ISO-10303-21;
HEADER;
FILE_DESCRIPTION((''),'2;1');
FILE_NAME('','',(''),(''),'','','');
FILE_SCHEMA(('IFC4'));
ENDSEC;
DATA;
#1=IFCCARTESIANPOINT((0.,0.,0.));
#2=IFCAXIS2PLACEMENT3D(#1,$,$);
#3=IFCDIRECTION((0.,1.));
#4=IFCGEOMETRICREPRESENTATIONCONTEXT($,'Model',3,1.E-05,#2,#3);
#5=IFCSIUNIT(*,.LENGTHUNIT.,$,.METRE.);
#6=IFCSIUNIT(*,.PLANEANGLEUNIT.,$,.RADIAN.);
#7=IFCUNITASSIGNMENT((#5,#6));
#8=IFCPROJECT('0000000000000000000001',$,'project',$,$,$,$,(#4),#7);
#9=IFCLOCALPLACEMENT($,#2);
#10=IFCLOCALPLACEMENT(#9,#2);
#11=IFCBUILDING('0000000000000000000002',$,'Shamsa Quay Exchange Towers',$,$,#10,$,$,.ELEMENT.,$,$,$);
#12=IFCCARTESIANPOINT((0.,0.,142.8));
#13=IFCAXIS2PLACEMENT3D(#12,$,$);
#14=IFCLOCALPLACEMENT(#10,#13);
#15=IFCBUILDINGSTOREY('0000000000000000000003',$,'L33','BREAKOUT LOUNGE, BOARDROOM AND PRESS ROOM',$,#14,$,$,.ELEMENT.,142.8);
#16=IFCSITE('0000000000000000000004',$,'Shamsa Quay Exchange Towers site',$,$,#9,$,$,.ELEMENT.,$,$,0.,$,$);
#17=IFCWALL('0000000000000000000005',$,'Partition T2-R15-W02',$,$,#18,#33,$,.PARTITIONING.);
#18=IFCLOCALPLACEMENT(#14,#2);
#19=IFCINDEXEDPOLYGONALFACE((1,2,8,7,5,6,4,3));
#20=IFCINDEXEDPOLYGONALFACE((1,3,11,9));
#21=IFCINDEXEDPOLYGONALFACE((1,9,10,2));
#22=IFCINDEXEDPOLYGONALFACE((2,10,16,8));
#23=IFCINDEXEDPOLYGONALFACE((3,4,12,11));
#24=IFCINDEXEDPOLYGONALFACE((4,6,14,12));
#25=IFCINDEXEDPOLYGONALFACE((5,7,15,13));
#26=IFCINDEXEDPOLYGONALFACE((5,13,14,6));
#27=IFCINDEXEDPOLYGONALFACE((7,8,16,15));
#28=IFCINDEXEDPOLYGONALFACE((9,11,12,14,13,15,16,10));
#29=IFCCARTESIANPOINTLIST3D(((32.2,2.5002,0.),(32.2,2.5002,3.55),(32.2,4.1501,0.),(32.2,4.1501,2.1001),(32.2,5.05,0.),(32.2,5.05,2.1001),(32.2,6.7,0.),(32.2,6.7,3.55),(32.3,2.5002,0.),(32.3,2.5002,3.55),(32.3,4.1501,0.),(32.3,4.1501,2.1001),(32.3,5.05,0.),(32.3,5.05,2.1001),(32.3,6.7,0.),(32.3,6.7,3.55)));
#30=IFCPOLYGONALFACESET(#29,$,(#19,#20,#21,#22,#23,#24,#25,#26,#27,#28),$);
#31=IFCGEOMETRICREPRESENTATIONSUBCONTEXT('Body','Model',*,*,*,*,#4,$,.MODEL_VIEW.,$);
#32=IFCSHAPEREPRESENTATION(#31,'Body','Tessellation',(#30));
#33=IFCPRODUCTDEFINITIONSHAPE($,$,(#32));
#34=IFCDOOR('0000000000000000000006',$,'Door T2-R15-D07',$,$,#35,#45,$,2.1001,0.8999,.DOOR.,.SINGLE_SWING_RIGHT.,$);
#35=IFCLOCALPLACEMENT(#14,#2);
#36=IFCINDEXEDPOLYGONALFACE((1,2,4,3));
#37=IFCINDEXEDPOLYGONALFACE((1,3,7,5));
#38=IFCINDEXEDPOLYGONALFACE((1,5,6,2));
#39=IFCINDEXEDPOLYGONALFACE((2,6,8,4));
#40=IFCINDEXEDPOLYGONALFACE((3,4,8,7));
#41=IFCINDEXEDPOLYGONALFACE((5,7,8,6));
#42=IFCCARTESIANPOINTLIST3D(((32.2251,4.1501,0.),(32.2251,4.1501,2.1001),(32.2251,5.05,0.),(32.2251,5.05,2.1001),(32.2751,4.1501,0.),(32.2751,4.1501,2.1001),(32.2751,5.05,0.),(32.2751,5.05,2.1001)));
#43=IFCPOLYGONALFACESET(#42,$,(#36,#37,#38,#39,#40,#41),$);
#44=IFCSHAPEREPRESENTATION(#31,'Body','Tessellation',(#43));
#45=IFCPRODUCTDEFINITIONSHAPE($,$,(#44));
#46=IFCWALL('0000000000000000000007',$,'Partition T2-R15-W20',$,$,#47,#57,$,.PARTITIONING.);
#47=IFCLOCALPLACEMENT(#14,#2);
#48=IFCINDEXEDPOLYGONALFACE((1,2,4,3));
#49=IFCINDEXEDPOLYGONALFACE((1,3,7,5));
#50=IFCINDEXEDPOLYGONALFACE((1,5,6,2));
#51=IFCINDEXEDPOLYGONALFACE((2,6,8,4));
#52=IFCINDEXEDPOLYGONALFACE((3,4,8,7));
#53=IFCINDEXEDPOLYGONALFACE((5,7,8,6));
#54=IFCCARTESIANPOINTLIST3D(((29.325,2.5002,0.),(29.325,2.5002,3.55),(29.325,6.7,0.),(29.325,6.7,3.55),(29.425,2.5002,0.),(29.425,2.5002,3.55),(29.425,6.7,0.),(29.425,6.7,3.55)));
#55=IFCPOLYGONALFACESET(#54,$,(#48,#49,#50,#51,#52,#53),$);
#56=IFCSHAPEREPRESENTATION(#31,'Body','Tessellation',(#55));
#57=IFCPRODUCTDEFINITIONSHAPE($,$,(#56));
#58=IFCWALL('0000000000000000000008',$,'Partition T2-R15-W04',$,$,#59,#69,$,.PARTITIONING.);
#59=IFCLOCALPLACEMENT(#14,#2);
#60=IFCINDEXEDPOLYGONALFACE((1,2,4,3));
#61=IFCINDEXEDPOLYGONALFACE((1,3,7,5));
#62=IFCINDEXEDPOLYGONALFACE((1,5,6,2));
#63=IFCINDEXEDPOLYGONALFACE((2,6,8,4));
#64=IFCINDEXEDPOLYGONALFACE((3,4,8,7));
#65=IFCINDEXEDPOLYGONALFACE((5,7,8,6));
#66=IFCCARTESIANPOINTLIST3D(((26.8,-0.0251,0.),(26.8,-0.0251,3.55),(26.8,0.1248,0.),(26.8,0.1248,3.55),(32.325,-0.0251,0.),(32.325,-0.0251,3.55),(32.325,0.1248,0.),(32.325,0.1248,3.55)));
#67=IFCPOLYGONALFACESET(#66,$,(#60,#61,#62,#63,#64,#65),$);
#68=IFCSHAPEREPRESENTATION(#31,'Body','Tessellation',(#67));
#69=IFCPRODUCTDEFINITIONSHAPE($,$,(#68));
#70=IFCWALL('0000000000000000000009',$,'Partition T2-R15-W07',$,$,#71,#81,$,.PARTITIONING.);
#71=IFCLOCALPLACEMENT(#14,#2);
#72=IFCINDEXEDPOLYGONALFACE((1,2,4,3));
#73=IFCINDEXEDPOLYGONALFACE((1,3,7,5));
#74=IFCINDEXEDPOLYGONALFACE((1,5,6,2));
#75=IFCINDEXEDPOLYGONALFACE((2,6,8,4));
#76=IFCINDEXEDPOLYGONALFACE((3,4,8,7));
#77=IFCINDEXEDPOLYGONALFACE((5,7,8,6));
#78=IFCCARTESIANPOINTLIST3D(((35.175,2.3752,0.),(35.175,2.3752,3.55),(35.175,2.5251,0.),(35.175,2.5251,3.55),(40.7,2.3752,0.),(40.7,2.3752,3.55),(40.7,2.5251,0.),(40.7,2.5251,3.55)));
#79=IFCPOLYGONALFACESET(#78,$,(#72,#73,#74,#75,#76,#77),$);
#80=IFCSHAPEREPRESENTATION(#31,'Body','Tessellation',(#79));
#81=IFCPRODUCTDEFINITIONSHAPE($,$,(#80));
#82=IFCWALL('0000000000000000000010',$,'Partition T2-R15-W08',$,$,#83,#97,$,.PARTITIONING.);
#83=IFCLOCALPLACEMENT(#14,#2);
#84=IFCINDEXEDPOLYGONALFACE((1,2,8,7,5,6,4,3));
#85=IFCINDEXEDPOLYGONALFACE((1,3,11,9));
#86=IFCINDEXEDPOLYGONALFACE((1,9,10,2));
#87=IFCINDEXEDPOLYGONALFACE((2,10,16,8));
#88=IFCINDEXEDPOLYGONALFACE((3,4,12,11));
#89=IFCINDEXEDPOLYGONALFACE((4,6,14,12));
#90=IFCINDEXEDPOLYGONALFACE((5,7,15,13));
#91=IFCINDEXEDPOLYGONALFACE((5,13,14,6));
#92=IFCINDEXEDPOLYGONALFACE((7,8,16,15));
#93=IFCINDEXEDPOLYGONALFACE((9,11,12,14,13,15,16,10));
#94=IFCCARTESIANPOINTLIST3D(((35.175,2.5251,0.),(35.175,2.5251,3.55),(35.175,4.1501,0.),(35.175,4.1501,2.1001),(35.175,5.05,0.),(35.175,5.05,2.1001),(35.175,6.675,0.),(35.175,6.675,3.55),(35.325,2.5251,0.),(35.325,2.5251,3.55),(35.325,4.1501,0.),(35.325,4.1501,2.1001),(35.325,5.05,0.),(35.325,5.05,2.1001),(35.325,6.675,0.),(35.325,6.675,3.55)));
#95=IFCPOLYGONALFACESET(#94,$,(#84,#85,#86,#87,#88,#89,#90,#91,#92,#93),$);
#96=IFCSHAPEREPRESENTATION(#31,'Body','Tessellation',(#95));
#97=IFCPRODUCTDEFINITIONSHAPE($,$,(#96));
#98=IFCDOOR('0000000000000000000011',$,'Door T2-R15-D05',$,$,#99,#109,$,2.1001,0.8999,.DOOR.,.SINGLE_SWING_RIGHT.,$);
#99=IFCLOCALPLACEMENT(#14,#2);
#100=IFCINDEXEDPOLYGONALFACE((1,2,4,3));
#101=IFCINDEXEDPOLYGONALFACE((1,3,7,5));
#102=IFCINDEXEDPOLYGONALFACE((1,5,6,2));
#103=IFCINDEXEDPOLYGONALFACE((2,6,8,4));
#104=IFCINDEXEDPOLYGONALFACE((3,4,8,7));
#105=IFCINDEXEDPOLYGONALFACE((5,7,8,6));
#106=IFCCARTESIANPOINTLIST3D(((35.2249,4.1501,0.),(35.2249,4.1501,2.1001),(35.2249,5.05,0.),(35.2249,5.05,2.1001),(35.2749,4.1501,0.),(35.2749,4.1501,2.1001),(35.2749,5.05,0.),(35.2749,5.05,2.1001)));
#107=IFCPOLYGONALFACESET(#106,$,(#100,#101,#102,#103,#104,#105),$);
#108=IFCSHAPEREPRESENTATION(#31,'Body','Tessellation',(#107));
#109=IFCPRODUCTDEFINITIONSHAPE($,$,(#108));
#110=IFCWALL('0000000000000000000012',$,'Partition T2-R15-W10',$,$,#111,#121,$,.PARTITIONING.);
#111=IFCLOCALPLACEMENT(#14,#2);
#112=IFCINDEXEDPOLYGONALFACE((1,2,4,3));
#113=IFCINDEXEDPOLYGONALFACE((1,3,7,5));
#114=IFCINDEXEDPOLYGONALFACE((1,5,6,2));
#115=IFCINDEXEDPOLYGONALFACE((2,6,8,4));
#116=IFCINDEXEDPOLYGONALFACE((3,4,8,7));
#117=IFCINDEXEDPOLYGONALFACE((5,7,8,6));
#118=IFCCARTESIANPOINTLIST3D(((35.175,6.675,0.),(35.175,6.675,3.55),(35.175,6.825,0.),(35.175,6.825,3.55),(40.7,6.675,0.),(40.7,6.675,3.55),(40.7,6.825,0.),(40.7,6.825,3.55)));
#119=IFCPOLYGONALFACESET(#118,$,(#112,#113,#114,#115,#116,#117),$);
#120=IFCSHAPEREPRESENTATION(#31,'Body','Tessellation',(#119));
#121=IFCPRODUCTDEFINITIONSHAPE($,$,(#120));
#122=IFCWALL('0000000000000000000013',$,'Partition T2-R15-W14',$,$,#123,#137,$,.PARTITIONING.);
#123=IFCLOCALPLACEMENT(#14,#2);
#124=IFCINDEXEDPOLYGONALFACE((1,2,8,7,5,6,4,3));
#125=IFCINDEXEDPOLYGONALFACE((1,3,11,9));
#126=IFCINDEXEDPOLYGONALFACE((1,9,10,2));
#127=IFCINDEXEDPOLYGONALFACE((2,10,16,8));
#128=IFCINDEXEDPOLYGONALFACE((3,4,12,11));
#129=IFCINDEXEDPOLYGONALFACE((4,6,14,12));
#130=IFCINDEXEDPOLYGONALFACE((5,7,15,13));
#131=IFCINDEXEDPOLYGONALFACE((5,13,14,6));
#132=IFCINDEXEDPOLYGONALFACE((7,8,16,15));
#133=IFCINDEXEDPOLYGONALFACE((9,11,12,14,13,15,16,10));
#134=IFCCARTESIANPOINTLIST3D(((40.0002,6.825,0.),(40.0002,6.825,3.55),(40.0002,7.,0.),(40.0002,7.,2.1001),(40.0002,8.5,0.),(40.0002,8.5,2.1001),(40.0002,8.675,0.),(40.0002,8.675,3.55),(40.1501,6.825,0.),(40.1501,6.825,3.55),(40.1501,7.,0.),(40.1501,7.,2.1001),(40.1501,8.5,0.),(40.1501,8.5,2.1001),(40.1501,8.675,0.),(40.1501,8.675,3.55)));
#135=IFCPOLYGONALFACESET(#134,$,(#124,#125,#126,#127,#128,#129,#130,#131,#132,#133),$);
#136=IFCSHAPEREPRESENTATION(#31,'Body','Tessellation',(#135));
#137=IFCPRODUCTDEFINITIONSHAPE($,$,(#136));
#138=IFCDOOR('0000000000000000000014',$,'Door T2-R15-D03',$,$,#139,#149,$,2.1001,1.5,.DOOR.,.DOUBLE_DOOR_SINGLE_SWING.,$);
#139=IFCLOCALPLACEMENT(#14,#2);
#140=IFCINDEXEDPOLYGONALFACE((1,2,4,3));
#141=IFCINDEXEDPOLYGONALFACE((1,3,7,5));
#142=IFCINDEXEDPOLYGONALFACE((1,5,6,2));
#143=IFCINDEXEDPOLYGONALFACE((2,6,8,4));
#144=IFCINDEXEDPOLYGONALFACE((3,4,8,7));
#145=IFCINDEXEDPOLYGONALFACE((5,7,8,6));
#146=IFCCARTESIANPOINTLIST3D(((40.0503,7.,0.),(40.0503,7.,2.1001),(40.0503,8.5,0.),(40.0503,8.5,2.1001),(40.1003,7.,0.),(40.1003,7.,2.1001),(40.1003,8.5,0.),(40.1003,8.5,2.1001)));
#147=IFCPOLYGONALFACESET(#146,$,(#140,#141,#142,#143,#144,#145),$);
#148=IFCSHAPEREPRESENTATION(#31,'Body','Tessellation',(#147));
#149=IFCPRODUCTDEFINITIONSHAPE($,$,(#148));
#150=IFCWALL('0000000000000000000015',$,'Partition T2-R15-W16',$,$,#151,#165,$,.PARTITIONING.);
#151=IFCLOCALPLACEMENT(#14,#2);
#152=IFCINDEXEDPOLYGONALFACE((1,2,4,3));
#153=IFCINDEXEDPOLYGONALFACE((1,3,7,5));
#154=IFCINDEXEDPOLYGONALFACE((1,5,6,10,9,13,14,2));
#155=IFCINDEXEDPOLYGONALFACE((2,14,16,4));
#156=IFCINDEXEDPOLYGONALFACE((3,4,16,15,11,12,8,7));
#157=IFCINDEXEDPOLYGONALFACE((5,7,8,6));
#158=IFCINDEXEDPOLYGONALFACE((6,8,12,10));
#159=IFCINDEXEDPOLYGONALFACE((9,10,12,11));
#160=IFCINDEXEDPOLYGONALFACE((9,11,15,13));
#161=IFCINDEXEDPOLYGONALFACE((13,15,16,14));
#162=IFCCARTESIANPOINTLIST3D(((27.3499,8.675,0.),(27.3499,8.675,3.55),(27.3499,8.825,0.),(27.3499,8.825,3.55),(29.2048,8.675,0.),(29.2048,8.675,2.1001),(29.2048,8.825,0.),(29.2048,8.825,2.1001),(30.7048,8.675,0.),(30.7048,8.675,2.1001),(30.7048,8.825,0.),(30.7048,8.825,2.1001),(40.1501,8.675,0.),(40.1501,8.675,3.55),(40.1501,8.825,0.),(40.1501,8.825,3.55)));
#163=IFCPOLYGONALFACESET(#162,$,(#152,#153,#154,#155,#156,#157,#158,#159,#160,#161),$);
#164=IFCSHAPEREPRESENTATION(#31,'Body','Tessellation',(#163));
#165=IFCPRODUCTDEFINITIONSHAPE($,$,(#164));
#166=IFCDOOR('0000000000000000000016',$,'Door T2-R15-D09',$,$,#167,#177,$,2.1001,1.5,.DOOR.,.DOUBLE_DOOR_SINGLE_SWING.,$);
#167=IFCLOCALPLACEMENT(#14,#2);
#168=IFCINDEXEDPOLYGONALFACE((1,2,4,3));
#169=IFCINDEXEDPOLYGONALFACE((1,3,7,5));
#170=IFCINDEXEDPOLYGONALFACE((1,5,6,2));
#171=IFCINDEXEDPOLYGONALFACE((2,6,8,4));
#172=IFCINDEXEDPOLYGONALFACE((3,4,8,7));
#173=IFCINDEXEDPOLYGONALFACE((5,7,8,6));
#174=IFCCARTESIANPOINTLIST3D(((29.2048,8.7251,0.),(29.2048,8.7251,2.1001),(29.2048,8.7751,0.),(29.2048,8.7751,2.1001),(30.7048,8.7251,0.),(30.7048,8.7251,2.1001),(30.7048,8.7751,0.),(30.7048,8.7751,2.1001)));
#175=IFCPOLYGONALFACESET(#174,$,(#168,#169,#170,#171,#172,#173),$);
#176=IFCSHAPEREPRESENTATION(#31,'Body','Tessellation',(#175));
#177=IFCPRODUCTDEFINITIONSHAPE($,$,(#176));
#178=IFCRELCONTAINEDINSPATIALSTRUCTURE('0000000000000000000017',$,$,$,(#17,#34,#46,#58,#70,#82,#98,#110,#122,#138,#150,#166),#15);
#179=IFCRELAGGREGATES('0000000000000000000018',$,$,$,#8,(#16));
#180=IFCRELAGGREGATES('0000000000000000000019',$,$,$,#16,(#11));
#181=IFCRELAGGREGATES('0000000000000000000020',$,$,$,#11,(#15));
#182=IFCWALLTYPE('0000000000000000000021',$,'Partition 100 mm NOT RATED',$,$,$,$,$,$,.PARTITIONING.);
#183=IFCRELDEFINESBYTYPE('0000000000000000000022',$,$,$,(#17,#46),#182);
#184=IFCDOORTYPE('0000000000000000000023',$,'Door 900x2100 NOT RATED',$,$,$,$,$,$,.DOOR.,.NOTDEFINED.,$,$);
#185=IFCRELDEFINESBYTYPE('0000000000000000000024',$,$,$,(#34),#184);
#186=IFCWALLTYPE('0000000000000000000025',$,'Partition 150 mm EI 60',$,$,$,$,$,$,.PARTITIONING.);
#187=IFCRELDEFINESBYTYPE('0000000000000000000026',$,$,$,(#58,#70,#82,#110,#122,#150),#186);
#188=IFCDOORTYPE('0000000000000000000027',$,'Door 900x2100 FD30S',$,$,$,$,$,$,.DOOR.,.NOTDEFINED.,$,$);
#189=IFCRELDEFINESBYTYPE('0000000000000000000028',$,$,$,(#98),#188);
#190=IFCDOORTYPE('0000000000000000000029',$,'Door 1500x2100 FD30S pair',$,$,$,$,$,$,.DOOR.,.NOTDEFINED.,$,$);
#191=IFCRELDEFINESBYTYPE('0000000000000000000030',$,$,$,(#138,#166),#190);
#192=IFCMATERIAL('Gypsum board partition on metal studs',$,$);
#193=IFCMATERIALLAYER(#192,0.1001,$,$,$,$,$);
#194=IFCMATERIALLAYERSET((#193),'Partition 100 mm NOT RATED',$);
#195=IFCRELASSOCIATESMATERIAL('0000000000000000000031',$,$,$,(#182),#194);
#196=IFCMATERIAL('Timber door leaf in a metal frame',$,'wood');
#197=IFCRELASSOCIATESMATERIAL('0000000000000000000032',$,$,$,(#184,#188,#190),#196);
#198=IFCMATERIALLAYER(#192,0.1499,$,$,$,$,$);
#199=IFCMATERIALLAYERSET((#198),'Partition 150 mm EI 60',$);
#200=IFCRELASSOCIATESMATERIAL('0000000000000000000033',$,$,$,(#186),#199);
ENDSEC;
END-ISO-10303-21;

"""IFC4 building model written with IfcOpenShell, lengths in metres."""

from ifc_helpers import new_model, si_unit, direction, frame, frame_2d, origin, place, context, subcontext, project, spatial, rectangle, extrude, material, layer, layer_set, type_object, element, fill, save


model = new_model("IFC4")

# Units and contexts
model_context = context("Model", 3, precision=1e-05, world=origin(), true_north=direction((0.0, 1.0)))
body_context = subcontext(model_context, "Body", "Model", "MODEL_VIEW")
ifc_project = project(units=[si_unit("LENGTHUNIT", "METRE"), si_unit("PLANEANGLEUNIT", "RADIAN")], contexts=[model_context])

# Site, building, storey
site_placement = place(None, origin())
site = spatial("IfcSite", under=ifc_project, at=site_placement, Name="Shamsa Quay Exchange Towers site", CompositionType="ELEMENT", RefElevation=0.0)
building_placement = place(site_placement, origin())
building = spatial("IfcBuilding", under=site, at=building_placement, Name="Shamsa Quay Exchange Towers", CompositionType="ELEMENT")
storey_placement = place(building_placement, frame((0.0, 0.0, 142.8)))
storey = spatial("IfcBuildingStorey", under=building, at=storey_placement, Name="L33", Description="BREAKOUT LOUNGE, BOARDROOM AND PRESS ROOM", CompositionType="ELEMENT", Elevation=142.8)

# Wall, opening, door
ifc_material_1 = material(Name="Gypsum board partition on metal studs")
ifc_layer_1 = layer(ifc_material_1, 0.1001)
ifc_layer_set_1 = layer_set([ifc_layer_1], Name="Partition 100 mm NOT RATED")
wall_type_1 = type_object("IfcWallType", Name="Partition 100 mm NOT RATED", PredefinedType="PARTITIONING", material=ifc_layer_set_1)
ifc_material_2 = material(Name="Timber door leaf in a metal frame", Category="wood")
door_type_1 = type_object("IfcDoorType", Name="Door 900x2100 NOT RATED", OperationType="NOTDEFINED", PredefinedType="DOOR", material=ifc_material_2)
wall_1_placement = place(storey_placement, frame((32.25, 2.5002, 0.0), z_axis=(0.0, 0.0, 1.0), x_axis=(0.0, 1.0, 0.0)))
wall_1 = element("IfcWall", 1, at=wall_1_placement, inside=storey, type_object=wall_type_1, Name="Partition T2-R15-W02", PredefinedType="PARTITIONING", context=body_context, shape_type="SweptSolid", body=[
    extrude(rectangle(XDim=4.1997, YDim=0.1001, at=frame_2d((2.0999, 0.0))), origin(), (0.0, 0.0, 1.0), 3.55),
])
opening_1_placement = place(wall_1_placement, frame((1.6499, 0.0, 0.0)))
opening_1 = element("IfcOpeningElement", 2, at=opening_1_placement, cuts=wall_1, PredefinedType="OPENING", context=body_context, shape_type="SweptSolid", body=[
    extrude(rectangle(XDim=0.8999, YDim=2.1001, at=frame_2d((0.45, 1.05))), frame((0.0, 0.0601, 0.0), z_axis=(0.0, -1.0, 0.0), x_axis=(1.0, 0.0, 0.0)), (0.0, 0.0, 1.0), 0.1201),
])
door_1_placement = place(opening_1_placement, origin())
door_1 = element("IfcDoor", 3, at=door_1_placement, inside=storey, type_object=door_type_1, Name="Door T2-R15-D07", OperationType="SINGLE_SWING_RIGHT", OverallHeight=2.1001, OverallWidth=0.8999, PredefinedType="DOOR", context=body_context, shape_type="SweptSolid", body=[
    extrude(rectangle(XDim=0.8999, YDim=2.1001, at=frame_2d((0.45, 1.05))), frame((0.0, 0.0249, 0.0), z_axis=(0.0, -1.0, 0.0), x_axis=(1.0, 0.0, 0.0)), (0.0, 0.0, 1.0), 0.05),
])
fill(opening_1, door_1)

# Walls
wall_2_placement = place(storey_placement, frame((29.375, 6.7, 0.0), z_axis=(0.0, 0.0, 1.0), x_axis=(0.0, -1.0, 0.0)))
element("IfcWall", 4, at=wall_2_placement, inside=storey, type_object=wall_type_1, Name="Partition T2-R15-W20", PredefinedType="PARTITIONING", context=body_context, shape_type="SweptSolid", body=[
    extrude(rectangle(XDim=4.1997, YDim=0.1001, at=frame_2d((2.0999, 0.0))), origin(), (0.0, 0.0, 1.0), 3.55),
])
ifc_layer_2 = layer(ifc_material_1, 0.1499)
ifc_layer_set_2 = layer_set([ifc_layer_2], Name="Partition 150 mm EI 60")
wall_type_2 = type_object("IfcWallType", Name="Partition 150 mm EI 60", PredefinedType="PARTITIONING", material=ifc_layer_set_2)
wall_3_placement = place(storey_placement, frame((32.325, 0.0498, 0.0), z_axis=(0.0, 0.0, 1.0), x_axis=(-1.0, 0.0, 0.0)))
element("IfcWall", 5, at=wall_3_placement, inside=storey, type_object=wall_type_2, Name="Partition T2-R15-W04", PredefinedType="PARTITIONING", context=body_context, shape_type="SweptSolid", body=[
    extrude(rectangle(XDim=5.5249, YDim=0.1499, at=frame_2d((2.7625, 0.0))), origin(), (0.0, 0.0, 1.0), 3.55),
])
wall_4_placement = place(storey_placement, frame((35.175, 2.4502, 0.0)))
element("IfcWall", 6, at=wall_4_placement, inside=storey, type_object=wall_type_2, Name="Partition T2-R15-W07", PredefinedType="PARTITIONING", context=body_context, shape_type="SweptSolid", body=[
    extrude(rectangle(XDim=5.5249, YDim=0.1499, at=frame_2d((2.7625, 0.0))), origin(), (0.0, 0.0, 1.0), 3.55),
])

# Wall, opening, door
wall_5_placement = place(storey_placement, frame((35.25, 6.675, 0.0), z_axis=(0.0, 0.0, 1.0), x_axis=(0.0, -1.0, 0.0)))
wall_5 = element("IfcWall", 7, at=wall_5_placement, inside=storey, type_object=wall_type_2, Name="Partition T2-R15-W08", PredefinedType="PARTITIONING", context=body_context, shape_type="SweptSolid", body=[
    extrude(rectangle(XDim=4.1499, YDim=0.1499, at=frame_2d((2.075, 0.0))), origin(), (0.0, 0.0, 1.0), 3.55),
])
opening_2_placement = place(wall_5_placement, frame((1.625, 0.0, 0.0)))
opening_2 = element("IfcOpeningElement", 8, at=opening_2_placement, cuts=wall_5, PredefinedType="OPENING", context=body_context, shape_type="SweptSolid", body=[
    extrude(rectangle(XDim=0.8999, YDim=2.1001, at=frame_2d((0.45, 1.05))), frame((0.0, 0.085, 0.0), z_axis=(0.0, -1.0, 0.0), x_axis=(1.0, 0.0, 0.0)), (0.0, 0.0, 1.0), 0.1699),
])
door_type_2 = type_object("IfcDoorType", Name="Door 900x2100 FD30S", OperationType="NOTDEFINED", PredefinedType="DOOR", material=ifc_material_2)
door_2_placement = place(opening_2_placement, origin())
door_2 = element("IfcDoor", 9, at=door_2_placement, inside=storey, type_object=door_type_2, Name="Door T2-R15-D05", OperationType="SINGLE_SWING_RIGHT", OverallHeight=2.1001, OverallWidth=0.8999, PredefinedType="DOOR", context=body_context, shape_type="SweptSolid", body=[
    extrude(rectangle(XDim=0.8999, YDim=2.1001, at=frame_2d((0.45, 1.05))), frame((0.0, 0.0249, 0.0), z_axis=(0.0, -1.0, 0.0), x_axis=(1.0, 0.0, 0.0)), (0.0, 0.0, 1.0), 0.05),
])
fill(opening_2, door_2)

# Wall
wall_6_placement = place(storey_placement, frame((40.7, 6.75, 0.0), z_axis=(0.0, 0.0, 1.0), x_axis=(-1.0, 0.0, 0.0)))
element("IfcWall", 10, at=wall_6_placement, inside=storey, type_object=wall_type_2, Name="Partition T2-R15-W10", PredefinedType="PARTITIONING", context=body_context, shape_type="SweptSolid", body=[
    extrude(rectangle(XDim=5.5249, YDim=0.1499, at=frame_2d((2.7625, 0.0))), origin(), (0.0, 0.0, 1.0), 3.55),
])

# Walls, openings, doors
wall_7_placement = place(storey_placement, frame((40.0752, 6.825, 0.0), z_axis=(0.0, 0.0, 1.0), x_axis=(0.0, 1.0, 0.0)))
wall_7 = element("IfcWall", 11, at=wall_7_placement, inside=storey, type_object=wall_type_2, Name="Partition T2-R15-W14", PredefinedType="PARTITIONING", context=body_context, shape_type="SweptSolid", body=[
    extrude(rectangle(XDim=1.8501, YDim=0.1499, at=frame_2d((0.925, 0.0))), origin(), (0.0, 0.0, 1.0), 3.55),
])
opening_3_placement = place(wall_7_placement, frame((0.175, 0.0, 0.0)))
opening_3 = element("IfcOpeningElement", 12, at=opening_3_placement, cuts=wall_7, PredefinedType="OPENING", context=body_context, shape_type="SweptSolid", body=[
    extrude(rectangle(XDim=1.5, YDim=2.1001, at=frame_2d((0.75, 1.05))), frame((0.0, 0.085, 0.0), z_axis=(0.0, -1.0, 0.0), x_axis=(1.0, 0.0, 0.0)), (0.0, 0.0, 1.0), 0.1699),
])
door_type_3 = type_object("IfcDoorType", Name="Door 1500x2100 FD30S pair", OperationType="NOTDEFINED", PredefinedType="DOOR", material=ifc_material_2)
door_3_placement = place(opening_3_placement, origin())
door_3 = element("IfcDoor", 13, at=door_3_placement, inside=storey, type_object=door_type_3, Name="Door T2-R15-D03", OperationType="DOUBLE_DOOR_SINGLE_SWING", OverallHeight=2.1001, OverallWidth=1.5, PredefinedType="DOOR", context=body_context, shape_type="SweptSolid", body=[
    extrude(rectangle(XDim=1.5, YDim=2.1001, at=frame_2d((0.75, 1.05))), frame((0.0, 0.0249, 0.0), z_axis=(0.0, -1.0, 0.0), x_axis=(1.0, 0.0, 0.0)), (0.0, 0.0, 1.0), 0.05),
])
fill(opening_3, door_3)
wall_8_placement = place(storey_placement, frame((40.1501, 8.75, 0.0), z_axis=(0.0, 0.0, 1.0), x_axis=(-1.0, 0.0, 0.0)))
wall_8 = element("IfcWall", 14, at=wall_8_placement, inside=storey, type_object=wall_type_2, Name="Partition T2-R15-W16", PredefinedType="PARTITIONING", context=body_context, shape_type="SweptSolid", body=[
    extrude(rectangle(XDim=12.8003, YDim=0.1499, at=frame_2d((6.4001, 0.0))), origin(), (0.0, 0.0, 1.0), 3.55),
])
opening_4_placement = place(wall_8_placement, frame((9.4453, 0.0, 0.0)))
opening_4 = element("IfcOpeningElement", 15, at=opening_4_placement, cuts=wall_8, PredefinedType="OPENING", context=body_context, shape_type="SweptSolid", body=[
    extrude(rectangle(XDim=1.5, YDim=2.1001, at=frame_2d((0.75, 1.05))), frame((0.0, 0.085, 0.0), z_axis=(0.0, -1.0, 0.0), x_axis=(1.0, 0.0, 0.0)), (0.0, 0.0, 1.0), 0.1699),
])
door_4_placement = place(opening_4_placement, origin())
door_4 = element("IfcDoor", 16, at=door_4_placement, inside=storey, type_object=door_type_3, Name="Door T2-R15-D09", OperationType="DOUBLE_DOOR_SINGLE_SWING", OverallHeight=2.1001, OverallWidth=1.5, PredefinedType="DOOR", context=body_context, shape_type="SweptSolid", body=[
    extrude(rectangle(XDim=1.5, YDim=2.1001, at=frame_2d((0.75, 1.05))), frame((0.0, 0.0249, 0.0), z_axis=(0.0, -1.0, 0.0), x_axis=(1.0, 0.0, 0.0)), (0.0, 0.0, 1.0), 0.05),
])
fill(opening_4, door_4)

save(model, "model.ifc")
